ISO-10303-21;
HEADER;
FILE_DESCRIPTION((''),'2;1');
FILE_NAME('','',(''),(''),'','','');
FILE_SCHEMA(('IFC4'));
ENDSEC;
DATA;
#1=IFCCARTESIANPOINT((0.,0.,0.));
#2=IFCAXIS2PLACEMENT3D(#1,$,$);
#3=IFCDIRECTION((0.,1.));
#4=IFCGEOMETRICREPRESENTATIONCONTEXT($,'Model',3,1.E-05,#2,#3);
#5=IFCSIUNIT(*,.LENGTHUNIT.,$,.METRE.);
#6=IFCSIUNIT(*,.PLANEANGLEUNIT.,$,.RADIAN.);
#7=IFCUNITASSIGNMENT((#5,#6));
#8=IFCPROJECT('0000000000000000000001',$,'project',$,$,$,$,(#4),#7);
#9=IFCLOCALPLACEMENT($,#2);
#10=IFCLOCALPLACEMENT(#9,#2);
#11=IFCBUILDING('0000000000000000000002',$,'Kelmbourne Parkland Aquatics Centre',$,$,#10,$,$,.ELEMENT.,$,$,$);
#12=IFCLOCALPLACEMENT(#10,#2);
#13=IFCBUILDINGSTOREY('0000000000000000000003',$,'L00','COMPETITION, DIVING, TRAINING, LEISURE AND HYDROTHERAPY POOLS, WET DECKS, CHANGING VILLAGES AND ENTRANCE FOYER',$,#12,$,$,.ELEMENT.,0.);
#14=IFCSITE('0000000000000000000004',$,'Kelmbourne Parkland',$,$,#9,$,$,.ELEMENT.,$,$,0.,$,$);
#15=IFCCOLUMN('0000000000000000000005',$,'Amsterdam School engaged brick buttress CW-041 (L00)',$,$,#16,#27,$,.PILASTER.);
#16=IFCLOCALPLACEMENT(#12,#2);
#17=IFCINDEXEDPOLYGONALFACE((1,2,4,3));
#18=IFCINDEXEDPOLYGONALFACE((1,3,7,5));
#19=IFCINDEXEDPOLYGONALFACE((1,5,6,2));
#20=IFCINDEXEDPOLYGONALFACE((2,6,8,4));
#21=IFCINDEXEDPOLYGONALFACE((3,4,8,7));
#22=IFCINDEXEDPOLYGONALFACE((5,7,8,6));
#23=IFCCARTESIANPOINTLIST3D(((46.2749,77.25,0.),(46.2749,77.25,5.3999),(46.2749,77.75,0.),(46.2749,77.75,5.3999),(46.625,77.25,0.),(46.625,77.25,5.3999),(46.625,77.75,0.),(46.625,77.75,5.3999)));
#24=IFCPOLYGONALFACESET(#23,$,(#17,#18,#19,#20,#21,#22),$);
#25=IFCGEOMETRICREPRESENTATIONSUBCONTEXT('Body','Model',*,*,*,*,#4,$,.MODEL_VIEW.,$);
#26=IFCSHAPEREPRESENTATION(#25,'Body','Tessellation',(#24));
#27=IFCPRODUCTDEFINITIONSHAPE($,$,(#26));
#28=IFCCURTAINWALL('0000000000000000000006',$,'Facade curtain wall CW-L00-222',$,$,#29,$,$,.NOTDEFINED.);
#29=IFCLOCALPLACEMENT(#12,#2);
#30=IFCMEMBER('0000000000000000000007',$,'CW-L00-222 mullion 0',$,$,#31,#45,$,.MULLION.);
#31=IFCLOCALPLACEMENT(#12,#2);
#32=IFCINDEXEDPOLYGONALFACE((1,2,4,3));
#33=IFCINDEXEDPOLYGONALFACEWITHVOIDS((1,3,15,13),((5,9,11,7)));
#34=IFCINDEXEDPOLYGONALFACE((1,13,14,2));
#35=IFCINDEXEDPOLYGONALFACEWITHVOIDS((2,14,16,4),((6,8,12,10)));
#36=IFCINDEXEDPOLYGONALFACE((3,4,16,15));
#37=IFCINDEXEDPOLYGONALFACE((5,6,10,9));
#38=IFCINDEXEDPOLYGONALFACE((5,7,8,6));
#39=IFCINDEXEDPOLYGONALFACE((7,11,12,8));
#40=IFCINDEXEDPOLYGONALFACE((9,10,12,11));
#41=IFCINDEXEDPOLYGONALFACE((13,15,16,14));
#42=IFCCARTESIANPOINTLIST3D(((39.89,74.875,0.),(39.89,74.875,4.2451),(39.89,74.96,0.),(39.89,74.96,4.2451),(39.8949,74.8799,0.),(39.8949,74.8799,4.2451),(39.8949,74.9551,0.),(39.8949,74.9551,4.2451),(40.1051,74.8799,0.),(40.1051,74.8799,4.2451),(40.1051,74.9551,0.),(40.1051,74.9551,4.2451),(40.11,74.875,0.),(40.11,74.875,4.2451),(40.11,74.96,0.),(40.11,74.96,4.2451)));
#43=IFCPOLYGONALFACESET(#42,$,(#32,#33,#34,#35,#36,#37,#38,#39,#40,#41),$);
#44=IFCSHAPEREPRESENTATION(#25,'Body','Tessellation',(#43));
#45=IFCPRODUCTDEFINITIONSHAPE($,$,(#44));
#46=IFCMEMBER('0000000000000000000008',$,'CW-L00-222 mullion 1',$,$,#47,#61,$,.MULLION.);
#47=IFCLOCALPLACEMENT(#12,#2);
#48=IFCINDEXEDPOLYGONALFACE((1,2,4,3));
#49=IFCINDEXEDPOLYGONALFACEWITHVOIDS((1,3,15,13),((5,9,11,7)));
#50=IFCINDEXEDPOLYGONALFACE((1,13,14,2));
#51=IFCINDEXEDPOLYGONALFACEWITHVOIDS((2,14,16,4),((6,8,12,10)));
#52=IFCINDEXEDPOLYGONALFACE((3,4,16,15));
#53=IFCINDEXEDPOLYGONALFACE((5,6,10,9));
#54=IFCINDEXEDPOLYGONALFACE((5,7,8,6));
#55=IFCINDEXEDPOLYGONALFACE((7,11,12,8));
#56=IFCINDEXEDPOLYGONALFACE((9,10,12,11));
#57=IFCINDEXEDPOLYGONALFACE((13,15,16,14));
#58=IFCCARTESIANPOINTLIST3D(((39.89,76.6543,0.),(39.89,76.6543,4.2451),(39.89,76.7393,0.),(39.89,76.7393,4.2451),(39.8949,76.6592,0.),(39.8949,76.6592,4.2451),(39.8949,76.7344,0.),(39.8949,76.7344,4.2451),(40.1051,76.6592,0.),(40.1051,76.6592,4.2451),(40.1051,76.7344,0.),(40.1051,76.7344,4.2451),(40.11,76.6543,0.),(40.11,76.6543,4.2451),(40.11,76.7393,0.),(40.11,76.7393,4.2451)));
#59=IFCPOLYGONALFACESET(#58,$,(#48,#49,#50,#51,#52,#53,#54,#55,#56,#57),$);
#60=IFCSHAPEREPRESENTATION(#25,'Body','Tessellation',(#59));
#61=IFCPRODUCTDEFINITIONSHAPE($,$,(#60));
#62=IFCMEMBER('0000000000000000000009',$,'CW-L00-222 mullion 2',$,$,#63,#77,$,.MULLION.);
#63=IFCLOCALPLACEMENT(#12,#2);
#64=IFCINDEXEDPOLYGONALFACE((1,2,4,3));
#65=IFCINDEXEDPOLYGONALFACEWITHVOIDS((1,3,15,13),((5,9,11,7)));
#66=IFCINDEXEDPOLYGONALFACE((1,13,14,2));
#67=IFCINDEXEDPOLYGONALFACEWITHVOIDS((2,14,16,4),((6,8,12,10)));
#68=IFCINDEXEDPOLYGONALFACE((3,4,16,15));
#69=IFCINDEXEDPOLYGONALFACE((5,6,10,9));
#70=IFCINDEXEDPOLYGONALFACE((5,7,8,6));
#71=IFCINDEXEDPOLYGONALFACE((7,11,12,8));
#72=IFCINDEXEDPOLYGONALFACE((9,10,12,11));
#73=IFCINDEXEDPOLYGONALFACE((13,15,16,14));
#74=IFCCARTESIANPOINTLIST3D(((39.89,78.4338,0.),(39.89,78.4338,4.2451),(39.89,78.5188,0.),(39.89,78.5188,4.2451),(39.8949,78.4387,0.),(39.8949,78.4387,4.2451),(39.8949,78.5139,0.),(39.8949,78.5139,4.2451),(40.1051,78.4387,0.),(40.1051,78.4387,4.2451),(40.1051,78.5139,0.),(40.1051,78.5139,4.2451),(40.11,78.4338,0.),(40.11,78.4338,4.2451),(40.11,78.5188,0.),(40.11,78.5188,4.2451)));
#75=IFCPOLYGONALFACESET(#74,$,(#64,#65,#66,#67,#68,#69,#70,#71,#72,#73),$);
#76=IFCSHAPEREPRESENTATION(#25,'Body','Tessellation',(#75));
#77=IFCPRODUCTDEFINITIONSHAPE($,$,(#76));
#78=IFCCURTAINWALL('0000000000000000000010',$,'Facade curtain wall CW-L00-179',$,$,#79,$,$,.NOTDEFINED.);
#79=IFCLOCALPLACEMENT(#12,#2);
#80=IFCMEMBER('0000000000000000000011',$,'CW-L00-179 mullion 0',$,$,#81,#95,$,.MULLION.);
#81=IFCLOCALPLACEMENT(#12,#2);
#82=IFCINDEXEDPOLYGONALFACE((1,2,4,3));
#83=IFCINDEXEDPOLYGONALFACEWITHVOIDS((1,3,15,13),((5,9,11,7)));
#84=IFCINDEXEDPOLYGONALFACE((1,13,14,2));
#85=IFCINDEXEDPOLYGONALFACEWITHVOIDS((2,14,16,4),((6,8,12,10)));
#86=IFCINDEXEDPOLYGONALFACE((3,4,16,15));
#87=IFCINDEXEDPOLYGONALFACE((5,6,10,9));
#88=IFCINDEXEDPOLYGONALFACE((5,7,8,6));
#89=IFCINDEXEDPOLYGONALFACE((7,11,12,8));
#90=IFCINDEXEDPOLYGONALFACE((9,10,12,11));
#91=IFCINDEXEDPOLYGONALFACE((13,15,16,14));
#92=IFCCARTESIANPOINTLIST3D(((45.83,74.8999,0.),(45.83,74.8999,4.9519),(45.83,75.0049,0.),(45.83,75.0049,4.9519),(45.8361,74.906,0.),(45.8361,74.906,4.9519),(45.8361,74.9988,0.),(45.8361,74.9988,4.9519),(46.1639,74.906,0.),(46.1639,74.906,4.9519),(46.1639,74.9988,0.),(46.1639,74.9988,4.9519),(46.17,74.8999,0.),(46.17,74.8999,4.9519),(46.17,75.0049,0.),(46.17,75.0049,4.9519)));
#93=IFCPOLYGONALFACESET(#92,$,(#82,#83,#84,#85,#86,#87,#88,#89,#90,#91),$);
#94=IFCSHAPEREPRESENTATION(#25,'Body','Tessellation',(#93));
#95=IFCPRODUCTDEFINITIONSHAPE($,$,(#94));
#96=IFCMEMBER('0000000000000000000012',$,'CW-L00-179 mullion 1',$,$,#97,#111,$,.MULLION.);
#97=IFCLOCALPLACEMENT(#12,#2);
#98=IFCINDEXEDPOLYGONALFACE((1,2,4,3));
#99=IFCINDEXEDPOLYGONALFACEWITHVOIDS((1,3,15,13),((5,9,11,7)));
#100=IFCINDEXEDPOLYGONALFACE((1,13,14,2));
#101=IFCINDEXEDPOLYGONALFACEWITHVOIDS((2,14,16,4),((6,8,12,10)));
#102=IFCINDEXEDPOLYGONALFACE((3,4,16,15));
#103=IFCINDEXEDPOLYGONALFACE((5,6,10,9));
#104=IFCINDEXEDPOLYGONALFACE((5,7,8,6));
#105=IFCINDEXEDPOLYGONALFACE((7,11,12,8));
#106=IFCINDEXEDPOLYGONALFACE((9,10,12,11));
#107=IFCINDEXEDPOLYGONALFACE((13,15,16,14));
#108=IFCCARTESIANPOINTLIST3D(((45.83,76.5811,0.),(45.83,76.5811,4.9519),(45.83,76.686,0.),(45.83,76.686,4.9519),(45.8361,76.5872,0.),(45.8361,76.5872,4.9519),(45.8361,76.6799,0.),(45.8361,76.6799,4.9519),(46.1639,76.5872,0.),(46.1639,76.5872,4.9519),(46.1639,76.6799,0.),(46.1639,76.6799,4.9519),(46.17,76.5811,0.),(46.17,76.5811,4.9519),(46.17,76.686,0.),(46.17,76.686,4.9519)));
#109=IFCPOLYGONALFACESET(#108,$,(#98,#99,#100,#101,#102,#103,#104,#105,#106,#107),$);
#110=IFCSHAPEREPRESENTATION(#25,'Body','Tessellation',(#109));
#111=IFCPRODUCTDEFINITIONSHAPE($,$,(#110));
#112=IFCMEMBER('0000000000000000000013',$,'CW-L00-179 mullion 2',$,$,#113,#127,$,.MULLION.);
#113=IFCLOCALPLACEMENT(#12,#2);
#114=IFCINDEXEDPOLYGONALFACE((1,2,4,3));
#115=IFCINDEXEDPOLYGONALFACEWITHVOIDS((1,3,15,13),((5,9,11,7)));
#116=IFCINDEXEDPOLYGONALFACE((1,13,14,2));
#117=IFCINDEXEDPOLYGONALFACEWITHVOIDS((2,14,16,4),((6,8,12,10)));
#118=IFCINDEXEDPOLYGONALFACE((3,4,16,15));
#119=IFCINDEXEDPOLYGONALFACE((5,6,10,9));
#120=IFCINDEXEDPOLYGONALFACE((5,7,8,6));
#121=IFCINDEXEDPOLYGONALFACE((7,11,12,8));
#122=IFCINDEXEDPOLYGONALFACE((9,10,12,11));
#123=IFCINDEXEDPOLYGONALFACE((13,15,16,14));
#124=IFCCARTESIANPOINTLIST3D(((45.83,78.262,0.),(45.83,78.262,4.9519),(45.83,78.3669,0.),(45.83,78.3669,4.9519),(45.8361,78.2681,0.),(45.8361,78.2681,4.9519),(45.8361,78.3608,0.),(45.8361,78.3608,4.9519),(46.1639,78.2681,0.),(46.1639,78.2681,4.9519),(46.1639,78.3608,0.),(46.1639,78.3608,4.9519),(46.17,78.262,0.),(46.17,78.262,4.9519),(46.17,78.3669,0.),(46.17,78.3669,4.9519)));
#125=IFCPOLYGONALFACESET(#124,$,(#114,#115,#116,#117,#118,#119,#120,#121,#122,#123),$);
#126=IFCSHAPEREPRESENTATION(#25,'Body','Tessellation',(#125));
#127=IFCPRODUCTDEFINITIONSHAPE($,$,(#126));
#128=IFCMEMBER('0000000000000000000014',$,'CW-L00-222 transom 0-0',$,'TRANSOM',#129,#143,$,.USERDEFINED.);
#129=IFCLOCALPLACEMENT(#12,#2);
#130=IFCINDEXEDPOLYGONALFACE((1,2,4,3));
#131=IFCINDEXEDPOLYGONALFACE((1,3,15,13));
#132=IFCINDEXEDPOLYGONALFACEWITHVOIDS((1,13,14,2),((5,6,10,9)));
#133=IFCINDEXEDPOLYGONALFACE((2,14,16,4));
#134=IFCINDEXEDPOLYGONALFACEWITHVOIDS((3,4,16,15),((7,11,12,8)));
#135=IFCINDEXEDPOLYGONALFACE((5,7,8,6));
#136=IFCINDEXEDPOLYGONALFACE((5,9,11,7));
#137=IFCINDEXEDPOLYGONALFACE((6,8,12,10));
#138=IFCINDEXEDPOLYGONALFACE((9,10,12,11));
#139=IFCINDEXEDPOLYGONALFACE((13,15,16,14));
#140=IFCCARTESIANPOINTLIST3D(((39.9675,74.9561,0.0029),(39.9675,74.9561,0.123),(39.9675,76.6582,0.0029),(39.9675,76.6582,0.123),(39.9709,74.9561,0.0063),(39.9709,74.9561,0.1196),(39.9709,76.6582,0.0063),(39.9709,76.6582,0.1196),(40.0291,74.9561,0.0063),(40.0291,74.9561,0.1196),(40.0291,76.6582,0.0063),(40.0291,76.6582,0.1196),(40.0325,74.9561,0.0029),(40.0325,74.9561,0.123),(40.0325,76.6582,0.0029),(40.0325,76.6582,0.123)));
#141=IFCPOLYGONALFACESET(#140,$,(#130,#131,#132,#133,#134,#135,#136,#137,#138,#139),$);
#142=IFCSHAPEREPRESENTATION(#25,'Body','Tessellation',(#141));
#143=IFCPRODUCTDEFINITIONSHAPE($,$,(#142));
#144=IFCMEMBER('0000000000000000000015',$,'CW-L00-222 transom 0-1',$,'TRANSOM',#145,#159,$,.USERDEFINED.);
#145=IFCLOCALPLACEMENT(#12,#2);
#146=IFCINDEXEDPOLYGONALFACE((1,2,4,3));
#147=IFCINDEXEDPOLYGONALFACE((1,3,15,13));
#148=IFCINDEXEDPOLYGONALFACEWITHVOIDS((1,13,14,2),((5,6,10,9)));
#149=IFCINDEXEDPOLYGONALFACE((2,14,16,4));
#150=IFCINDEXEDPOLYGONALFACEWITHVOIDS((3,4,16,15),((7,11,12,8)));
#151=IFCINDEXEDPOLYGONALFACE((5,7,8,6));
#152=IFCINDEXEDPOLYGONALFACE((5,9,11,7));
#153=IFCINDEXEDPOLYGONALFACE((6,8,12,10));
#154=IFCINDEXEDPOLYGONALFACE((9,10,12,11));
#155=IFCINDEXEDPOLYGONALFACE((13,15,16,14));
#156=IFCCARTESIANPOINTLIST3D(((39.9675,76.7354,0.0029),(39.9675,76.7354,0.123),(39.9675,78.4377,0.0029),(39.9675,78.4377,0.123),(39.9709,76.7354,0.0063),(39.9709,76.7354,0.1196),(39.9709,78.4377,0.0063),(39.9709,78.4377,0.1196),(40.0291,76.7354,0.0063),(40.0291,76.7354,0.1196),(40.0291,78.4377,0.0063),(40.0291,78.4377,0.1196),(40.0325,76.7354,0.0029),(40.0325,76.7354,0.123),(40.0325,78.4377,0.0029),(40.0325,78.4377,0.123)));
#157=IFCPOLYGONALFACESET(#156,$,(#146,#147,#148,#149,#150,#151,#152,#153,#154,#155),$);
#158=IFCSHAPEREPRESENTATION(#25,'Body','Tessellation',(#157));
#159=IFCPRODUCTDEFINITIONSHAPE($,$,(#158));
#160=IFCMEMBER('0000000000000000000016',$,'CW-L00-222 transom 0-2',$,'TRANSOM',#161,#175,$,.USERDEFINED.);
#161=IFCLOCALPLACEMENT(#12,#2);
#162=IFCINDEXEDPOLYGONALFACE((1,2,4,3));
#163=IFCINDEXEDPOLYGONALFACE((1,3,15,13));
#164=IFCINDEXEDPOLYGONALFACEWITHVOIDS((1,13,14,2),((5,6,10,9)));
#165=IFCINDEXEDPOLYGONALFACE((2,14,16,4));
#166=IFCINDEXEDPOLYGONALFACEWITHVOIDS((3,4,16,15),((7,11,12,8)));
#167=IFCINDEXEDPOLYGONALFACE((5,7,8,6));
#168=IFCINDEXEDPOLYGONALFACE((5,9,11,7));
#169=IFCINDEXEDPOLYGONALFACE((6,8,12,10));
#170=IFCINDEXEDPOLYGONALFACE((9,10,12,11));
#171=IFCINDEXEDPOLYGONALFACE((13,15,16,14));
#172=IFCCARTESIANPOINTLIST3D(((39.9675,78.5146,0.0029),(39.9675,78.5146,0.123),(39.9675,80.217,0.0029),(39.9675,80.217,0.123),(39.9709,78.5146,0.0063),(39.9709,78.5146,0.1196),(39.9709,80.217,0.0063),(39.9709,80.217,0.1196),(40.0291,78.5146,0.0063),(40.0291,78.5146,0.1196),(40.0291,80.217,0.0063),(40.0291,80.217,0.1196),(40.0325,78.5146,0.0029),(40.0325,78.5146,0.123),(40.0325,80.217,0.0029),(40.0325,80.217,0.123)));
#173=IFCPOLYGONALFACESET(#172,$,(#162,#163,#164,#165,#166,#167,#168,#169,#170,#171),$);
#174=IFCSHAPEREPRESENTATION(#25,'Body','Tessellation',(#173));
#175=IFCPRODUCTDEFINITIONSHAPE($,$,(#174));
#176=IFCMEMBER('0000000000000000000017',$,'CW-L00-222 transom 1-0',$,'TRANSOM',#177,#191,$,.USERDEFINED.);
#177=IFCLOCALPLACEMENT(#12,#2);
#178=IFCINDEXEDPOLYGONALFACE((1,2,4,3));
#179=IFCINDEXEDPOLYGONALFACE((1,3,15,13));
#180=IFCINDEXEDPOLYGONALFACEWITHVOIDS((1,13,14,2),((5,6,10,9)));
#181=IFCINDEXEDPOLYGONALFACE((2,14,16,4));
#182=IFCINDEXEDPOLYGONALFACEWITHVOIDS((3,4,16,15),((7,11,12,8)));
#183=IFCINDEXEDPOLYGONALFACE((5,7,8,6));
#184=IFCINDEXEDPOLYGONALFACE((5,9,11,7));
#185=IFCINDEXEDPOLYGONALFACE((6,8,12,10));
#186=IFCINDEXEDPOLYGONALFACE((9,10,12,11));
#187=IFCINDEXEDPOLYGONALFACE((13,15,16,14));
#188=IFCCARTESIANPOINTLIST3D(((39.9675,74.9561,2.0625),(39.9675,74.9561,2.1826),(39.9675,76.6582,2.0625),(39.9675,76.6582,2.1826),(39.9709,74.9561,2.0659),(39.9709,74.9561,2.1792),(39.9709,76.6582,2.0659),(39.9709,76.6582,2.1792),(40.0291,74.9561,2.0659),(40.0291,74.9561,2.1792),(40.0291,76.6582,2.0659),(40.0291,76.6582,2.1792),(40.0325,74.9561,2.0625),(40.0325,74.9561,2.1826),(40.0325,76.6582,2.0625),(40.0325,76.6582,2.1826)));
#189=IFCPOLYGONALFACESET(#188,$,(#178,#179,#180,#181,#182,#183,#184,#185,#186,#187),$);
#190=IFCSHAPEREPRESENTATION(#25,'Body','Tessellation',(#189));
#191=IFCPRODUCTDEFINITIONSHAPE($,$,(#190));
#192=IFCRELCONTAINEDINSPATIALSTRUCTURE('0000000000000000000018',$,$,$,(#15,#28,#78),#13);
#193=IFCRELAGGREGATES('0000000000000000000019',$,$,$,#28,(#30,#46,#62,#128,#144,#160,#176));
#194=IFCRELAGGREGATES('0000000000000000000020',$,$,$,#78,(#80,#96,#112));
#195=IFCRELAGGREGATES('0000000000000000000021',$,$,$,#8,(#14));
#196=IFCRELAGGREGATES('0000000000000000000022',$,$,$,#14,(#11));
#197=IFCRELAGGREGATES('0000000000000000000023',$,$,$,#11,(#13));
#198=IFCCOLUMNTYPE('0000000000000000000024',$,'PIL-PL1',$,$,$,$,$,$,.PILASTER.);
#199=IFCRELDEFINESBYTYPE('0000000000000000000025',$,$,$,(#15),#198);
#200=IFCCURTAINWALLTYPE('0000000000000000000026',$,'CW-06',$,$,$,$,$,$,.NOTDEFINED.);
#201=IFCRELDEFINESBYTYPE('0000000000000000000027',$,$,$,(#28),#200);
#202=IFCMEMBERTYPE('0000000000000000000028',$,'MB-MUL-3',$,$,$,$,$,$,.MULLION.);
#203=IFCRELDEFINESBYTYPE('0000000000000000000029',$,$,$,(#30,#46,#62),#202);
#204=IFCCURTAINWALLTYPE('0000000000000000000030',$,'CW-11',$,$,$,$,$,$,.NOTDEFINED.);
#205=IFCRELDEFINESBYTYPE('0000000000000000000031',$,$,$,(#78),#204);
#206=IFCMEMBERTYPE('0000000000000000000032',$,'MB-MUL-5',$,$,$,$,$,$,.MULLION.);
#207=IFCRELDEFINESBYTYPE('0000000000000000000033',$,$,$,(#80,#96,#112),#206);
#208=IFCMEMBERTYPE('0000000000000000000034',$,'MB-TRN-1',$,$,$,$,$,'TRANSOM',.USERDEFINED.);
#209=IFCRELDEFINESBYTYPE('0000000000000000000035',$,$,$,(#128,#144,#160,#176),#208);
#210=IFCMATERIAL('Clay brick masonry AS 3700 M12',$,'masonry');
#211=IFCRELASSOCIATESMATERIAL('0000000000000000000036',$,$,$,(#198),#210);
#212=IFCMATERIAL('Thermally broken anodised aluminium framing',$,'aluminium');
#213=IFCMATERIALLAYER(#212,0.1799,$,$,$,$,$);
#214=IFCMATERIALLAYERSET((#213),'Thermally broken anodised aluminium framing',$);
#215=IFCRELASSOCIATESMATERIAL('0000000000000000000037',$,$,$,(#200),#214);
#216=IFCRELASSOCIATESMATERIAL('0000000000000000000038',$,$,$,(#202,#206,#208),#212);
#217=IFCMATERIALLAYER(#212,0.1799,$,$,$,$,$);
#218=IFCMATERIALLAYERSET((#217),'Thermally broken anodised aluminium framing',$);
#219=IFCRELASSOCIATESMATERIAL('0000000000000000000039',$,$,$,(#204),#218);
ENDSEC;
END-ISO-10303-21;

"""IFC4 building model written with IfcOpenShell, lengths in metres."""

from ifc_helpers import new_model, si_unit, direction, frame, origin, origin_2d, place, context, subcontext, project, spatial, rectangle, hollow_rectangle, extrude, material, layer, layer_set, material_profile, profile_set, type_object, element, aggregate, save


model = new_model("IFC4")

# Units and contexts
model_context = context("Model", 3, precision=1e-05, world=origin(), true_north=direction((0.0, 1.0)))
body_context = subcontext(model_context, "Body", "Model", "MODEL_VIEW")
ifc_project = project(units=[si_unit("LENGTHUNIT", "METRE"), si_unit("PLANEANGLEUNIT", "RADIAN")], contexts=[model_context])

# Site, building, storey
site_placement = place(None, origin())
site = spatial("IfcSite", under=ifc_project, at=site_placement, Name="Kelmbourne Parkland", CompositionType="ELEMENT", RefElevation=0.0)
building_placement = place(site_placement, origin())
building = spatial("IfcBuilding", under=site, at=building_placement, Name="Kelmbourne Parkland Aquatics Centre", CompositionType="ELEMENT")
storey_placement = place(building_placement, origin())
storey = spatial("IfcBuildingStorey", under=building, at=storey_placement, Name="L00", Description="COMPETITION, DIVING, TRAINING, LEISURE AND HYDROTHERAPY POOLS, WET DECKS, CHANGING VILLAGES AND ENTRANCE FOYER", CompositionType="ELEMENT", Elevation=0.0)

# Column
ifc_material_1 = material(Name="Clay brick masonry AS 3700 M12", Category="masonry")
ifc_material_profile_1 = material_profile(ifc_material_1, rectangle(XDim=0.3501, YDim=0.5, at=origin_2d()), Name="PIL 350x500")
ifc_profile_set_1 = profile_set([ifc_material_profile_1], Name="Clay brick masonry AS 3700 M12")
column_type = type_object("IfcColumnType", Name="PIL-PL1", PredefinedType="PILASTER", material=ifc_profile_set_1)
column_placement = place(storey_placement, frame((46.45, 77.5, 0.0), z_axis=(0.0, 0.0, 1.0), x_axis=(1.0, 0.0, 0.0)))
element("IfcColumn", 1, at=column_placement, inside=storey, type_object=column_type, Name="Amsterdam School engaged brick buttress CW-041 (L00)", PredefinedType="PILASTER", context=body_context, shape_type="SweptSolid", body=[
    extrude(rectangle(XDim=0.3501, YDim=0.5, at=origin_2d()), origin(), (0.0, 0.0, 1.0), 5.3999),
])

# Curtain walls, members
ifc_material_2 = material(Name="Thermally broken anodised aluminium framing", Category="aluminium")
ifc_layer_1 = layer(ifc_material_2, 0.1799)
ifc_layer_set_1 = layer_set([ifc_layer_1], Name="Thermally broken anodised aluminium framing")
curtain_wall_type_1 = type_object("IfcCurtainWallType", Name="CW-06", PredefinedType="NOTDEFINED", material=ifc_layer_set_1)
curtain_wall_1_placement = place(storey_placement, origin())
curtain_wall_1 = element("IfcCurtainWall", 2, at=curtain_wall_1_placement, inside=storey, type_object=curtain_wall_type_1, Name="Facade curtain wall CW-L00-222", PredefinedType="NOTDEFINED")
ifc_material_profile_2 = material_profile(ifc_material_2, hollow_rectangle(XDim=0.085, YDim=0.22, WallThickness=0.0049, at=origin_2d()), Name="CW-M 85x220")
ifc_profile_set_2 = profile_set([ifc_material_profile_2], Name="Thermally broken anodised aluminium framing")
member_type_1 = type_object("IfcMemberType", Name="MB-MUL-3", PredefinedType="MULLION", material=ifc_profile_set_2)
member_1_placement = place(storey_placement, frame((40.0, 74.9175, 0.0), z_axis=(0.0, 0.0, 1.0), x_axis=(0.0, 1.0, 0.0)))
member_1 = element("IfcMember", 3, at=member_1_placement, type_object=member_type_1, Name="CW-L00-222 mullion 0", PredefinedType="MULLION", context=body_context, shape_type="SweptSolid", body=[
    extrude(hollow_rectangle(XDim=0.085, YDim=0.22, WallThickness=0.0049, at=origin_2d()), origin(), (0.0, 0.0, 1.0), 4.2451),
])
member_2_placement = place(storey_placement, frame((40.0, 76.6968, 0.0), z_axis=(0.0, 0.0, 1.0), x_axis=(0.0, 1.0, 0.0)))
member_2 = element("IfcMember", 4, at=member_2_placement, type_object=member_type_1, Name="CW-L00-222 mullion 1", PredefinedType="MULLION", context=body_context, shape_type="SweptSolid", body=[
    extrude(hollow_rectangle(XDim=0.085, YDim=0.22, WallThickness=0.0049, at=origin_2d()), origin(), (0.0, 0.0, 1.0), 4.2451),
])
member_3_placement = place(storey_placement, frame((40.0, 78.4763, 0.0), z_axis=(0.0, 0.0, 1.0), x_axis=(0.0, 1.0, 0.0)))
member_3 = element("IfcMember", 5, at=member_3_placement, type_object=member_type_1, Name="CW-L00-222 mullion 2", PredefinedType="MULLION", context=body_context, shape_type="SweptSolid", body=[
    extrude(hollow_rectangle(XDim=0.085, YDim=0.22, WallThickness=0.0049, at=origin_2d()), origin(), (0.0, 0.0, 1.0), 4.2451),
])
ifc_layer_2 = layer(ifc_material_2, 0.1799)
ifc_layer_set_2 = layer_set([ifc_layer_2], Name="Thermally broken anodised aluminium framing")
curtain_wall_type_2 = type_object("IfcCurtainWallType", Name="CW-11", PredefinedType="NOTDEFINED", material=ifc_layer_set_2)
curtain_wall_2_placement = place(storey_placement, origin())
curtain_wall_2 = element("IfcCurtainWall", 6, at=curtain_wall_2_placement, inside=storey, type_object=curtain_wall_type_2, Name="Facade curtain wall CW-L00-179", PredefinedType="NOTDEFINED")
ifc_material_profile_3 = material_profile(ifc_material_2, hollow_rectangle(XDim=0.105, YDim=0.3401, WallThickness=0.0061, at=origin_2d()), Name="CW-M 105x340")
ifc_profile_set_3 = profile_set([ifc_material_profile_3], Name="Thermally broken anodised aluminium framing")
member_type_2 = type_object("IfcMemberType", Name="MB-MUL-5", PredefinedType="MULLION", material=ifc_profile_set_3)
member_4_placement = place(storey_placement, frame((46.0, 74.9524, 0.0), z_axis=(0.0, 0.0, 1.0), x_axis=(0.0, 1.0, 0.0)))
member_4 = element("IfcMember", 7, at=member_4_placement, type_object=member_type_2, Name="CW-L00-179 mullion 0", PredefinedType="MULLION", context=body_context, shape_type="SweptSolid", body=[
    extrude(hollow_rectangle(XDim=0.105, YDim=0.3401, WallThickness=0.0061, at=origin_2d()), origin(), (0.0, 0.0, 1.0), 4.9519),
])
member_5_placement = place(storey_placement, frame((46.0, 76.6335, 0.0), z_axis=(0.0, 0.0, 1.0), x_axis=(0.0, 1.0, 0.0)))
member_5 = element("IfcMember", 8, at=member_5_placement, type_object=member_type_2, Name="CW-L00-179 mullion 1", PredefinedType="MULLION", context=body_context, shape_type="SweptSolid", body=[
    extrude(hollow_rectangle(XDim=0.105, YDim=0.3401, WallThickness=0.0061, at=origin_2d()), origin(), (0.0, 0.0, 1.0), 4.9519),
])
member_6_placement = place(storey_placement, frame((46.0, 78.3145, 0.0), z_axis=(0.0, 0.0, 1.0), x_axis=(0.0, 1.0, 0.0)))
member_6 = element("IfcMember", 9, at=member_6_placement, type_object=member_type_2, Name="CW-L00-179 mullion 2", PredefinedType="MULLION", context=body_context, shape_type="SweptSolid", body=[
    extrude(hollow_rectangle(XDim=0.105, YDim=0.3401, WallThickness=0.0061, at=origin_2d()), origin(), (0.0, 0.0, 1.0), 4.9519),
])

# Members
ifc_material_profile_4 = material_profile(ifc_material_2, hollow_rectangle(XDim=0.0649, YDim=0.1201, WallThickness=0.0034, at=origin_2d()), Name="CW-T 65x120")
ifc_profile_set_4 = profile_set([ifc_material_profile_4], Name="Thermally broken anodised aluminium framing")
member_type_3 = type_object("IfcMemberType", Name="MB-TRN-1", ElementType="TRANSOM", PredefinedType="USERDEFINED", material=ifc_profile_set_4)
member_7_placement = place(storey_placement, frame((40.0, 74.9561, 0.063), z_axis=(0.0, 1.0, 0.0), x_axis=(-1.0, 0.0, 0.0)))
member_7 = element("IfcMember", 10, at=member_7_placement, type_object=member_type_3, Name="CW-L00-222 transom 0-0", ObjectType="TRANSOM", PredefinedType="USERDEFINED", context=body_context, shape_type="SweptSolid", body=[
    extrude(hollow_rectangle(XDim=0.0649, YDim=0.1201, WallThickness=0.0034, at=origin_2d()), origin(), (0.0, 0.0, 1.0), 1.7021),
])
member_8_placement = place(storey_placement, frame((40.0, 76.7354, 0.063), z_axis=(0.0, 1.0, 0.0), x_axis=(-1.0, 0.0, 0.0)))
member_8 = element("IfcMember", 11, at=member_8_placement, type_object=member_type_3, Name="CW-L00-222 transom 0-1", ObjectType="TRANSOM", PredefinedType="USERDEFINED", context=body_context, shape_type="SweptSolid", body=[
    extrude(hollow_rectangle(XDim=0.0649, YDim=0.1201, WallThickness=0.0034, at=origin_2d()), origin(), (0.0, 0.0, 1.0), 1.7024),
])
member_9_placement = place(storey_placement, frame((40.0, 78.5146, 0.063), z_axis=(0.0, 1.0, 0.0), x_axis=(-1.0, 0.0, 0.0)))
member_9 = element("IfcMember", 12, at=member_9_placement, type_object=member_type_3, Name="CW-L00-222 transom 0-2", ObjectType="TRANSOM", PredefinedType="USERDEFINED", context=body_context, shape_type="SweptSolid", body=[
    extrude(hollow_rectangle(XDim=0.0649, YDim=0.1201, WallThickness=0.0034, at=origin_2d()), origin(), (0.0, 0.0, 1.0), 1.7024),
])
member_10_placement = place(storey_placement, frame((40.0, 74.9561, 2.1226), z_axis=(0.0, 1.0, 0.0), x_axis=(-1.0, 0.0, 0.0)))
member_10 = element("IfcMember", 13, at=member_10_placement, type_object=member_type_3, Name="CW-L00-222 transom 1-0", ObjectType="TRANSOM", PredefinedType="USERDEFINED", context=body_context, shape_type="SweptSolid", body=[
    extrude(hollow_rectangle(XDim=0.0649, YDim=0.1201, WallThickness=0.0034, at=origin_2d()), origin(), (0.0, 0.0, 1.0), 1.7021),
])

aggregate(curtain_wall_1, [member_1, member_2, member_3, member_7, member_8, member_9, member_10])
aggregate(curtain_wall_2, [member_4, member_5, member_6])

save(model, "model.ifc")
